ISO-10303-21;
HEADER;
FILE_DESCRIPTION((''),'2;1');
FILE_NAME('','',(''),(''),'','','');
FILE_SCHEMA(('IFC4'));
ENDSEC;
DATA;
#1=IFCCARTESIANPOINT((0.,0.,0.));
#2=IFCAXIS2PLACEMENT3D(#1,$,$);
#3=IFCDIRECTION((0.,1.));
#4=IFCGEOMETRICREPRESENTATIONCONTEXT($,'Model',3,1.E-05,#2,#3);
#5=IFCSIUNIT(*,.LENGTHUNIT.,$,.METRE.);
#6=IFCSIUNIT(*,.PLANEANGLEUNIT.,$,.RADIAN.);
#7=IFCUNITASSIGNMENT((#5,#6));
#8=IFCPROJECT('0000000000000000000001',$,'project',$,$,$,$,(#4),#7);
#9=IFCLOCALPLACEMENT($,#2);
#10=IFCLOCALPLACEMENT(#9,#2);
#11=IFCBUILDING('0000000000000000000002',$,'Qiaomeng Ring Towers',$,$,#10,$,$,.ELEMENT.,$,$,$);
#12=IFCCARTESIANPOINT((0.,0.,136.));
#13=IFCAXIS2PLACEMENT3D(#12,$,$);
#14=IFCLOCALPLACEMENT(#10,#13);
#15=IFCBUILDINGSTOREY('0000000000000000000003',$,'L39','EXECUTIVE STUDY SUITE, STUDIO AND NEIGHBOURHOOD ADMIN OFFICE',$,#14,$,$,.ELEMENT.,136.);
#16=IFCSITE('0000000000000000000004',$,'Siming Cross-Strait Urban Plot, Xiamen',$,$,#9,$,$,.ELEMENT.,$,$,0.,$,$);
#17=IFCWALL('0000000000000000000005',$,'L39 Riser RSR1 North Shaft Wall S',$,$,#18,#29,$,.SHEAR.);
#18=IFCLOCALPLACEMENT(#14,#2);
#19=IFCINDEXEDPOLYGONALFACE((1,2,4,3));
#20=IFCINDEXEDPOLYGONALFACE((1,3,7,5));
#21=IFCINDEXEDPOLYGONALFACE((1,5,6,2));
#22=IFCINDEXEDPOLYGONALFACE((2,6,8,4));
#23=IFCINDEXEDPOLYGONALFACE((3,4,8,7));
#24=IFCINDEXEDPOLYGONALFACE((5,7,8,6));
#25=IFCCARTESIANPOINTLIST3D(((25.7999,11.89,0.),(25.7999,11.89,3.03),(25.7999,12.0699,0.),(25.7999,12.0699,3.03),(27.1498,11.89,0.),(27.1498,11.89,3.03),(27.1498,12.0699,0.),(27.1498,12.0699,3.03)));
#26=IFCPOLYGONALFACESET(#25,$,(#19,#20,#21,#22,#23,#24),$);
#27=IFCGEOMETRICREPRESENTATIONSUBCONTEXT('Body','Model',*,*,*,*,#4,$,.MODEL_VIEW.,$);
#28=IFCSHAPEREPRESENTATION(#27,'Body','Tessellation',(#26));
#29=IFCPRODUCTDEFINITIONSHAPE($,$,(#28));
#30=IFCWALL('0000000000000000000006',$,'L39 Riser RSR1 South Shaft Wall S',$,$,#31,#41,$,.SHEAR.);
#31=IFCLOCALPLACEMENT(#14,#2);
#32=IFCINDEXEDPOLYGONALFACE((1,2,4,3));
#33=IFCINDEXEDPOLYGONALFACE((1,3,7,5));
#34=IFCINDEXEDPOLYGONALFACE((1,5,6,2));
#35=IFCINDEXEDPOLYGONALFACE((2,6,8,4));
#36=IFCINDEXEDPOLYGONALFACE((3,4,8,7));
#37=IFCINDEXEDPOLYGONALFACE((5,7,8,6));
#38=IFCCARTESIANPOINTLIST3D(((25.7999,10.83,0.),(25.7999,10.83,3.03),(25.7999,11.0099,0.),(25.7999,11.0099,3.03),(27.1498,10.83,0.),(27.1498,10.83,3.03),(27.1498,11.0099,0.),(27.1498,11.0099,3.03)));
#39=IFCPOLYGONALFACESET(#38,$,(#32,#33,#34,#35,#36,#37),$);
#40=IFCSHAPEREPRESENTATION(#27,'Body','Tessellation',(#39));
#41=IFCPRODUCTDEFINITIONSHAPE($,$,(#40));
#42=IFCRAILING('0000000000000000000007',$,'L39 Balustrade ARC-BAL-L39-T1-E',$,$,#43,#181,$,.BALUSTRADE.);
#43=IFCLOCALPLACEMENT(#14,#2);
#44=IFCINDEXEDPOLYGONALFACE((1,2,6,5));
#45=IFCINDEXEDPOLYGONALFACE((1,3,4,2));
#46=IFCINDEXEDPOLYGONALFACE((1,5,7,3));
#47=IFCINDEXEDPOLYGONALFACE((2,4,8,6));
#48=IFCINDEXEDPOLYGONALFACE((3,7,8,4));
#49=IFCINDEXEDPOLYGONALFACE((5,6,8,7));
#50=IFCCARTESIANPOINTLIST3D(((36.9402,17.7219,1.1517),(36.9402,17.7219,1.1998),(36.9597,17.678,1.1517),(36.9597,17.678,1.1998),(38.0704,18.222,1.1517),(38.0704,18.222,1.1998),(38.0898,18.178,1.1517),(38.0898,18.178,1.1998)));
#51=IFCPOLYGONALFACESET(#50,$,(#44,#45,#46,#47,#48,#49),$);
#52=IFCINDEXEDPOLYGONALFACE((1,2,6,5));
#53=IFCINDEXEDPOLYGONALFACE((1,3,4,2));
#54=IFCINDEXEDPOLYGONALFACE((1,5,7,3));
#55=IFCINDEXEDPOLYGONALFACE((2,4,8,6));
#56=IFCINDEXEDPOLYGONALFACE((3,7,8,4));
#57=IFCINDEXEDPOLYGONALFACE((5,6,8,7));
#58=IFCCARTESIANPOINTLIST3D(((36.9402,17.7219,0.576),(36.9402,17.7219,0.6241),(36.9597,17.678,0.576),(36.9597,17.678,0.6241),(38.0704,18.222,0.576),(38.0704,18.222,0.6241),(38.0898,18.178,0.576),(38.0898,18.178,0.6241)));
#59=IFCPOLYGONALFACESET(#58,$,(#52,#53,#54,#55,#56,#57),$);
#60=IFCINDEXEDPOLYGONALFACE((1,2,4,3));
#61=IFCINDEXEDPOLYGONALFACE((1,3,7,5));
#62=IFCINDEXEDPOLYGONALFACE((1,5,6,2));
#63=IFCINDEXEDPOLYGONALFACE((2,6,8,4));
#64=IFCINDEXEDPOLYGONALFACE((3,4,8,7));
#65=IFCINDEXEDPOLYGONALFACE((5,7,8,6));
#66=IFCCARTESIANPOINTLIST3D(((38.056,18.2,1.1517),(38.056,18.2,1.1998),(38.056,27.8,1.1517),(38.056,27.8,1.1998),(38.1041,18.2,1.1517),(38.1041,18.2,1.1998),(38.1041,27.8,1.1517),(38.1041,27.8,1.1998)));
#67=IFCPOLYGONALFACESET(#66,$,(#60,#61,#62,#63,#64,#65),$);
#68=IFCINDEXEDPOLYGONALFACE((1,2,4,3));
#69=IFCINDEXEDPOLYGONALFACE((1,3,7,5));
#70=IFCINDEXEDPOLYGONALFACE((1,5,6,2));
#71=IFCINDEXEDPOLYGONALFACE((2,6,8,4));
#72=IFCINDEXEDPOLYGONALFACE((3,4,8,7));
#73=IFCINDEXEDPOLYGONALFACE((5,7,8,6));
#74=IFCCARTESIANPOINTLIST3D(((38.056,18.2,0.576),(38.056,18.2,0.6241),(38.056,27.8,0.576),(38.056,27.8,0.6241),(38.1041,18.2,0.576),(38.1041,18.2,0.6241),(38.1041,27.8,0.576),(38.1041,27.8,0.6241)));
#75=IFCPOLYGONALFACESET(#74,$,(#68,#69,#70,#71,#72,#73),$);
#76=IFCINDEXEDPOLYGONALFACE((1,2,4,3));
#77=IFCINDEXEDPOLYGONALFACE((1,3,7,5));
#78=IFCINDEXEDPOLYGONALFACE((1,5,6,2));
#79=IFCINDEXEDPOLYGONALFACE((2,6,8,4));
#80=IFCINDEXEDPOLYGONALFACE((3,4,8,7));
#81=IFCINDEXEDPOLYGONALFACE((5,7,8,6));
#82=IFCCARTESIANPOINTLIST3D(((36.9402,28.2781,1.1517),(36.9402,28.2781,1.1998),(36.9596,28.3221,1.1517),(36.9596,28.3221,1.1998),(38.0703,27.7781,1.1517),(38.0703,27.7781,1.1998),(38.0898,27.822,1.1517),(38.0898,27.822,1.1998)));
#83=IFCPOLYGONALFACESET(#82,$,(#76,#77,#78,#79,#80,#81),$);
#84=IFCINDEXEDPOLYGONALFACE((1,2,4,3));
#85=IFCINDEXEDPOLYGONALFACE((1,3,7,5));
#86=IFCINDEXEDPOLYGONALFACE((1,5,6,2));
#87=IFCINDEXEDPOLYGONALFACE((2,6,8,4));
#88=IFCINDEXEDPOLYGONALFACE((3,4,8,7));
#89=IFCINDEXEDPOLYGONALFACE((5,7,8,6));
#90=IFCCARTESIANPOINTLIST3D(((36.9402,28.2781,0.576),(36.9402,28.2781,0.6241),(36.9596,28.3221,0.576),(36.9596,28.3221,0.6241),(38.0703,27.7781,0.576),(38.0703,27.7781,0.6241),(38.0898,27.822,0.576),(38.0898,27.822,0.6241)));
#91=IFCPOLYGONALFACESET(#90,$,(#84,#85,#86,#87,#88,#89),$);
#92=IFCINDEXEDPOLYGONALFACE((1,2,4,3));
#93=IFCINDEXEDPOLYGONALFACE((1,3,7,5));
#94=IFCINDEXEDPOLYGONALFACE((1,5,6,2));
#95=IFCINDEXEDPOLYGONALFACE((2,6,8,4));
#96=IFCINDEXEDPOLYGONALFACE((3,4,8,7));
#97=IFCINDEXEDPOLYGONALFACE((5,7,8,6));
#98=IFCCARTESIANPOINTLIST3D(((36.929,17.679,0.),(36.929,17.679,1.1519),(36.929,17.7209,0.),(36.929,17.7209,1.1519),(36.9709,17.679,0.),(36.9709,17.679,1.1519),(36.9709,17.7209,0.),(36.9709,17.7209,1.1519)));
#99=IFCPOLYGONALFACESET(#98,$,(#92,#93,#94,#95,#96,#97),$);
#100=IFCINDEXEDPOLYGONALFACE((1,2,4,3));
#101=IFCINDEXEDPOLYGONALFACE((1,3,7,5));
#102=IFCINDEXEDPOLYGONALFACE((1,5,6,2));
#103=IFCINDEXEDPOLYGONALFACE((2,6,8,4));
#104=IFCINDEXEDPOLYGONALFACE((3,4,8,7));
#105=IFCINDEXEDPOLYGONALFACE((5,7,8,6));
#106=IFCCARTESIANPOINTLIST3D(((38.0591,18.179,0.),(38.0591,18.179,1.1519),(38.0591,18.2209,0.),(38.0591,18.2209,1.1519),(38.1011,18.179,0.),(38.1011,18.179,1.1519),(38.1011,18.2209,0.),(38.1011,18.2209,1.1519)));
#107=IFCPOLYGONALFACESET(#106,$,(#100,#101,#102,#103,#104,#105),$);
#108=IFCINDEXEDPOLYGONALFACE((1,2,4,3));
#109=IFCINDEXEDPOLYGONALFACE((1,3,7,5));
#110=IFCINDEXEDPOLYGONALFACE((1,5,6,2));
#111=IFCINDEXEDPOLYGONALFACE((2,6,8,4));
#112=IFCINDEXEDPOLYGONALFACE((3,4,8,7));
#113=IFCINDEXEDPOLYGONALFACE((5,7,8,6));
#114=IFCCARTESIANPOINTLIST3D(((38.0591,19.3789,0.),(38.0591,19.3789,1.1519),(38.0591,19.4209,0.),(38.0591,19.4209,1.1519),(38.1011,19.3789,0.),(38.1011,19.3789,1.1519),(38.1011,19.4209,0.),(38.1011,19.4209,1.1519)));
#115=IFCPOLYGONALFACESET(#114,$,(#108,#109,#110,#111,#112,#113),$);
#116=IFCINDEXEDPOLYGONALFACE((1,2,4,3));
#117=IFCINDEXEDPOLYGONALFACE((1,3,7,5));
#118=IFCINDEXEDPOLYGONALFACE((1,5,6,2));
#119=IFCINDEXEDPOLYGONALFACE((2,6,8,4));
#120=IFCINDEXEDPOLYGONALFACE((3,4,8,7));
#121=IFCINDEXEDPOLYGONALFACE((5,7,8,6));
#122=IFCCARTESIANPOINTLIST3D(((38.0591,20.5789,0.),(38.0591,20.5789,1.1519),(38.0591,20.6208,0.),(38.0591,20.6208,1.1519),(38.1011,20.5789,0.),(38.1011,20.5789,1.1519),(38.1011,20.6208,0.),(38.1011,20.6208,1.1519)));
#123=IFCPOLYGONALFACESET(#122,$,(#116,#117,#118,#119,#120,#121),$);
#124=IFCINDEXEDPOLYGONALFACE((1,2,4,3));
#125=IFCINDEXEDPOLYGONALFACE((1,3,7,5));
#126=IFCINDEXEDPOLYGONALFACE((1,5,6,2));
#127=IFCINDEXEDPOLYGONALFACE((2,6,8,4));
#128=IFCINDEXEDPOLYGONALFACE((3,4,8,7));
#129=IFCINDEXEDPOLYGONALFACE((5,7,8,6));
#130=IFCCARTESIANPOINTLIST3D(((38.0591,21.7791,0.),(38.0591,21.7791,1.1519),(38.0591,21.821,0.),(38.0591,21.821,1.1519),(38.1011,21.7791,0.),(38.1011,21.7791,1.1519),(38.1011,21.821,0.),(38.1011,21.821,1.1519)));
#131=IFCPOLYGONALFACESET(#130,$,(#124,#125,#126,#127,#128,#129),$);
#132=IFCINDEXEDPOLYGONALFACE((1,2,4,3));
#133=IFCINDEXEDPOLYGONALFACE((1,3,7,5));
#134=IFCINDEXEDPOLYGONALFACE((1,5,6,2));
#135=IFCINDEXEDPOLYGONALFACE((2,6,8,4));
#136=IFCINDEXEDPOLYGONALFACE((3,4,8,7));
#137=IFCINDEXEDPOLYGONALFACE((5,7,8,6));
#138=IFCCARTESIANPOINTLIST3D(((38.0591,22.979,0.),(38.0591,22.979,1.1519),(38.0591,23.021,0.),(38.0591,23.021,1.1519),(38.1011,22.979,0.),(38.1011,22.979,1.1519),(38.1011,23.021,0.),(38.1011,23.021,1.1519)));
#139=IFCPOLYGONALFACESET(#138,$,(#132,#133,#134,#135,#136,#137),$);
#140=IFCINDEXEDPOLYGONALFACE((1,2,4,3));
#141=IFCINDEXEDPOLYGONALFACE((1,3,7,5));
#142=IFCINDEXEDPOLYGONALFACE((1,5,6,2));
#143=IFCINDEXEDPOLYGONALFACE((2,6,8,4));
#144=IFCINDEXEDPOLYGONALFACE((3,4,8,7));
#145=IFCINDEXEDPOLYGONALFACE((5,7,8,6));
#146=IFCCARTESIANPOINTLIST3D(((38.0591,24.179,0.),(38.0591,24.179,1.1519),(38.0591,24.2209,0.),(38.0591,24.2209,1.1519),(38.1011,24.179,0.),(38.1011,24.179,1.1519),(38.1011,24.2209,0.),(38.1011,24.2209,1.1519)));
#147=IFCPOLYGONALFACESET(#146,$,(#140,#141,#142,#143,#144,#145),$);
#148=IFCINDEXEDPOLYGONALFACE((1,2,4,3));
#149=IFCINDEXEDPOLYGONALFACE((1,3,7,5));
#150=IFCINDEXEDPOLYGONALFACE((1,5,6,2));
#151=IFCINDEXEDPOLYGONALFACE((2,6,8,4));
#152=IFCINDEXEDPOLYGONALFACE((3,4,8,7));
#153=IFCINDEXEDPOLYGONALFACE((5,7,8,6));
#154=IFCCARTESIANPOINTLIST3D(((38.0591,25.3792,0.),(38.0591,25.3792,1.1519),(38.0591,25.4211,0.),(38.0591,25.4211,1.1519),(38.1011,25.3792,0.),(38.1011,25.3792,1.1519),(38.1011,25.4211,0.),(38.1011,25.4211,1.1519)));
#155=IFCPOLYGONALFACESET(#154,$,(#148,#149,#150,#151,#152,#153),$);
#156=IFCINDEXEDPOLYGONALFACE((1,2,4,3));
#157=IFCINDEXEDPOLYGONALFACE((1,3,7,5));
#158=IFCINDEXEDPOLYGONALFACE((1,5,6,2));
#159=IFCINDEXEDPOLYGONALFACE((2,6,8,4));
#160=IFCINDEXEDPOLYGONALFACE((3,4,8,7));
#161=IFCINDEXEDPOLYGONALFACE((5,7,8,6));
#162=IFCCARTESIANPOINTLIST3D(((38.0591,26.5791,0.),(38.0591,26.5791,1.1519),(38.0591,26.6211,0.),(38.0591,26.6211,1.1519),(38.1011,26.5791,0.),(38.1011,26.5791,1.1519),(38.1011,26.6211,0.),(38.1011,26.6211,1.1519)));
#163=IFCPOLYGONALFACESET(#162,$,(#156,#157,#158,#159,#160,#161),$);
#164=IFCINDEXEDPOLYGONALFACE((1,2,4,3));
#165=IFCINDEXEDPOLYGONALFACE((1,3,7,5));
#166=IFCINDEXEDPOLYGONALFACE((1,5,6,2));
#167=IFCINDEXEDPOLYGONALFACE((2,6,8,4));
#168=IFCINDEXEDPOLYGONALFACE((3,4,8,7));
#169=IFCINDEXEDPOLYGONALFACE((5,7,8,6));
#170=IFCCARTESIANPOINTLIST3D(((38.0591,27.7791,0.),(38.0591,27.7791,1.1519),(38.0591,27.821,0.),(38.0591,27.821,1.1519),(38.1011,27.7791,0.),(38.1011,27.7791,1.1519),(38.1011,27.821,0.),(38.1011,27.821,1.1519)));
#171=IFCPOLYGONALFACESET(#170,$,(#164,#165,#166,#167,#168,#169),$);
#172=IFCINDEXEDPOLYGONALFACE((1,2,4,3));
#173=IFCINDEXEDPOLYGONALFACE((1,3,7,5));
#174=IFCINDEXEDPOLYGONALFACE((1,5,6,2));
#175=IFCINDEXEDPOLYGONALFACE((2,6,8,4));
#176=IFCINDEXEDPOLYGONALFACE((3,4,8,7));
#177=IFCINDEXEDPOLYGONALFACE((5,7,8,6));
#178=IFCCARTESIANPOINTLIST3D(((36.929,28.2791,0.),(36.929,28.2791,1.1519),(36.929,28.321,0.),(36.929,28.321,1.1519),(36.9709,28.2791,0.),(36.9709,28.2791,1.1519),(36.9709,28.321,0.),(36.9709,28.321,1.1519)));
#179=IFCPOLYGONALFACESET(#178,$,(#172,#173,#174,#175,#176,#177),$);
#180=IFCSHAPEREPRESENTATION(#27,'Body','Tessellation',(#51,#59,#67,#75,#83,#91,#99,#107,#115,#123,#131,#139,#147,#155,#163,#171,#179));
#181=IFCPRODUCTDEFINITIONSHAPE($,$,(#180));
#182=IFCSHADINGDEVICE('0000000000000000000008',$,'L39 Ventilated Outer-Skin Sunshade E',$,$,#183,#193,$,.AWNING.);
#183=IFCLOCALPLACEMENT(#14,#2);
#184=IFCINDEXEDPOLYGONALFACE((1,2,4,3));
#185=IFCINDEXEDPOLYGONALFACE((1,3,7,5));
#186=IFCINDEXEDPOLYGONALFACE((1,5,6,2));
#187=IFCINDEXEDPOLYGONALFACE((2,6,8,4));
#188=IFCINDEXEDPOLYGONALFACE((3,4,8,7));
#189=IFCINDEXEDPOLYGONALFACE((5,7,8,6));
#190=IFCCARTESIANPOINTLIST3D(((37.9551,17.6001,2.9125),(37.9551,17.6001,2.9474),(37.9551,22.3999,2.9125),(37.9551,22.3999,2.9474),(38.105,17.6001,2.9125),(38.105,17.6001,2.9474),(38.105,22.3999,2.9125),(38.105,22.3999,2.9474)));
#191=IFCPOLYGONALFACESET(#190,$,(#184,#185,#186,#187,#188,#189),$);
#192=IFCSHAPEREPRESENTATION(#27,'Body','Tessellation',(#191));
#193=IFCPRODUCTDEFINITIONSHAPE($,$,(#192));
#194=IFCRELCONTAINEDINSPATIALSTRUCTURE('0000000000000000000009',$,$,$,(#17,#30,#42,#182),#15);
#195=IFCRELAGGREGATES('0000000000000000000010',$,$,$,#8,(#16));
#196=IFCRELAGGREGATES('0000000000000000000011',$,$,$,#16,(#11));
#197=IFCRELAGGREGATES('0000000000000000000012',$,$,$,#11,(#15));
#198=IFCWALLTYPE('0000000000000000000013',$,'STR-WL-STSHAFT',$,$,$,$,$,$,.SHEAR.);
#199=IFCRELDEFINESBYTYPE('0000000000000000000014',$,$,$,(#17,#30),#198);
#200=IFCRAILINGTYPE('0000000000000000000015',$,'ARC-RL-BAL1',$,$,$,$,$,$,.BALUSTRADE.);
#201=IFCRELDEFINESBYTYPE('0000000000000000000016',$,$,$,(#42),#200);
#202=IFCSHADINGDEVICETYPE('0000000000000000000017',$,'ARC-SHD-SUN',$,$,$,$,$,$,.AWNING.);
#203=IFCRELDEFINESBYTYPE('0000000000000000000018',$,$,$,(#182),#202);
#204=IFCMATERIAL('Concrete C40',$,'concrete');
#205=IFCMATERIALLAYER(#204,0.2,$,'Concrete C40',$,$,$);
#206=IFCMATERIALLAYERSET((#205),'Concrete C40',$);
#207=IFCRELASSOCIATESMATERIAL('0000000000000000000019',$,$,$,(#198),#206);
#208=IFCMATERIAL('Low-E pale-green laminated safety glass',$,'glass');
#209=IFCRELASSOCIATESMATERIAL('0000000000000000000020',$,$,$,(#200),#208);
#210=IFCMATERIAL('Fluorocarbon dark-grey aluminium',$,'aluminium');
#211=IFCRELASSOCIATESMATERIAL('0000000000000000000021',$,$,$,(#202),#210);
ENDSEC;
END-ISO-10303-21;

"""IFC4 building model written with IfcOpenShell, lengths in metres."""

from ifc_helpers import new_model, si_unit, direction, frame, frame_2d, origin, origin_2d, place, context, subcontext, project, spatial, rectangle, extrude, source, transform, mapped, material, layer, layer_set, material_profile, profile_set, type_object, element, save


model = new_model("IFC4")

# Units and contexts
model_context = context("Model", 3, precision=1e-05, world=origin(), true_north=direction((0.0, 1.0)))
body_context = subcontext(model_context, "Body", "Model", "MODEL_VIEW")
ifc_project = project(units=[si_unit("LENGTHUNIT", "METRE"), si_unit("PLANEANGLEUNIT", "RADIAN")], contexts=[model_context])

# Site, building, storey
site_placement = place(None, origin())
site = spatial("IfcSite", under=ifc_project, at=site_placement, Name="Siming Cross-Strait Urban Plot, Xiamen", CompositionType="ELEMENT", RefElevation=0.0)
building_placement = place(site_placement, origin())
building = spatial("IfcBuilding", under=site, at=building_placement, Name="Qiaomeng Ring Towers", CompositionType="ELEMENT")
storey_placement = place(building_placement, frame((0.0, 0.0, 136.0)))
storey = spatial("IfcBuildingStorey", under=building, at=storey_placement, Name="L39", Description="EXECUTIVE STUDY SUITE, STUDIO AND NEIGHBOURHOOD ADMIN OFFICE", CompositionType="ELEMENT", Elevation=136.0)

# Walls
ifc_material_1 = material(Name="Concrete C40", Category="concrete")
ifc_layer_1 = layer(ifc_material_1, 0.2, Name="Concrete C40")
ifc_layer_set_1 = layer_set([ifc_layer_1], Name="Concrete C40")
wall_type_1 = type_object("IfcWallType", Name="STR-WL-STSHAFT", PredefinedType="SHEAR", material=ifc_layer_set_1)
for number, where, z_axis, x_axis, name in (
    (1, (25.8, 11.98, 0.0), (0.0, 0.0, 1.0), (1.0, 0.0, 0.0), "L39 Riser RSR1 North Shaft Wall S"),
    (2, (25.8, 10.9199, 0.0), (0.0, 0.0, 1.0), (1.0, 0.0, 0.0), "L39 Riser RSR1 South Shaft Wall S"),
):
    element("IfcWall", number, at=place(storey_placement, frame(where, z_axis=z_axis, x_axis=x_axis)), inside=storey, type_object=wall_type_1, Name=name, PredefinedType="SHEAR", context=body_context, shape_type="SweptSolid", body=[
        extrude(rectangle(XDim=1.3499, YDim=0.1799, at=frame_2d((0.6748, 0.0))), origin(), (0.0, 0.0, 1.0), 3.03),
    ])

# Railing
ifc_material_2 = material(Name="Low-E pale-green laminated safety glass", Category="glass")
railing_type = type_object("IfcRailingType", Name="ARC-RL-BAL1", PredefinedType="BALUSTRADE", material=ifc_material_2)
railing_placement = place(storey_placement, frame((36.95, 17.7, 0.0)))
element("IfcRailing", 3, at=railing_placement, inside=storey, type_object=railing_type, Name="L39 Balustrade ARC-BAL-L39-T1-E", PredefinedType="BALUSTRADE", context=body_context, shape_type="SweptSolid", body=[
    extrude(rectangle(XDim=0.0481, YDim=0.0481, at=origin_2d()), frame((0.0, 0.0, 1.1758), z_axis=(0.914495, 0.404598, 0.0), x_axis=(-0.404598, 0.914495, 0.0)), (0.0, 0.0, 1.0), 1.2358),
    extrude(rectangle(XDim=0.0481, YDim=0.0481, at=origin_2d()), frame((0.0, 0.0, 0.6001), z_axis=(0.914495, 0.404598, 0.0), x_axis=(-0.404598, 0.914495, 0.0)), (0.0, 0.0, 1.0), 1.2358),
    extrude(rectangle(XDim=0.0481, YDim=0.0481, at=origin_2d()), frame((1.1301, 0.5, 1.1758), z_axis=(0.0, 1.0, 0.0), x_axis=(-1.0, 0.0, 0.0)), (0.0, 0.0, 1.0), 9.6001),
    extrude(rectangle(XDim=0.0481, YDim=0.0481, at=origin_2d()), frame((1.1301, 0.5, 0.6001), z_axis=(0.0, 1.0, 0.0), x_axis=(-1.0, 0.0, 0.0)), (0.0, 0.0, 1.0), 9.6001),
    extrude(rectangle(XDim=0.0481, YDim=0.0481, at=origin_2d()), frame((1.1301, 10.1001, 1.1758), z_axis=(-0.914495, 0.404598, 0.0), x_axis=(-0.404598, -0.914495, 0.0)), (0.0, 0.0, 1.0), 1.2358),
    extrude(rectangle(XDim=0.0481, YDim=0.0481, at=origin_2d()), frame((1.1301, 10.1001, 0.6001), z_axis=(-0.914495, 0.404598, 0.0), x_axis=(-0.404598, -0.914495, 0.0)), (0.0, 0.0, 1.0), 1.2358),
    extrude(rectangle(XDim=0.042, YDim=0.042, at=origin_2d()), origin(), (0.0, 0.0, 1.0), 1.1519),
    extrude(rectangle(XDim=0.042, YDim=0.042, at=origin_2d()), frame((1.1301, 0.5, 0.0)), (0.0, 0.0, 1.0), 1.1519),
    extrude(rectangle(XDim=0.042, YDim=0.042, at=origin_2d()), frame((1.1301, 1.7, 0.0)), (0.0, 0.0, 1.0), 1.1519),
    extrude(rectangle(XDim=0.042, YDim=0.042, at=origin_2d()), frame((1.1301, 2.8999, 0.0)), (0.0, 0.0, 1.0), 1.1519),
    extrude(rectangle(XDim=0.042, YDim=0.042, at=origin_2d()), frame((1.1301, 4.1001, 0.0)), (0.0, 0.0, 1.0), 1.1519),
    extrude(rectangle(XDim=0.042, YDim=0.042, at=origin_2d()), frame((1.1301, 5.3, 0.0)), (0.0, 0.0, 1.0), 1.1519),
    extrude(rectangle(XDim=0.042, YDim=0.042, at=origin_2d()), frame((1.1301, 6.5, 0.0)), (0.0, 0.0, 1.0), 1.1519),
    extrude(rectangle(XDim=0.042, YDim=0.042, at=origin_2d()), frame((1.1301, 7.7002, 0.0)), (0.0, 0.0, 1.0), 1.1519),
    extrude(rectangle(XDim=0.042, YDim=0.042, at=origin_2d()), frame((1.1301, 8.9001, 0.0)), (0.0, 0.0, 1.0), 1.1519),
    extrude(rectangle(XDim=0.042, YDim=0.042, at=origin_2d()), frame((1.1301, 10.1001, 0.0)), (0.0, 0.0, 1.0), 1.1519),
    extrude(rectangle(XDim=0.042, YDim=0.042, at=origin_2d()), frame((0.0, 10.6001, 0.0)), (0.0, 0.0, 1.0), 1.1519),
])

# Shading device
ifc_material_3 = material(Name="Fluorocarbon dark-grey aluminium", Category="aluminium")
ifc_material_profile_1 = material_profile(ifc_material_3, rectangle(XDim=0.1499, YDim=0.0349, at=origin_2d()), Name="LV BLADE 150x35")
ifc_profile_set_1 = profile_set([ifc_material_profile_1], Name="Fluorocarbon dark-grey aluminium")
shading_device_type = type_object("IfcShadingDeviceType", Name="ARC-SHD-SUN", PredefinedType="AWNING", material=ifc_profile_set_1)
shared_shape_1 = source(origin(), body_context, "Body", "SweptSolid", [
    extrude(rectangle(XDim=0.1499, YDim=0.0349, at=origin_2d()), origin(), (0.0, 0.0, 1.0), 4.7998),
])
shading_device_placement = place(storey_placement, frame((38.03, 17.6001, 2.9299), z_axis=(0.0, 1.0, 0.0), x_axis=(-1.0, 0.0, 0.0)))
element("IfcShadingDevice", 4, at=shading_device_placement, inside=storey, type_object=shading_device_type, Name="L39 Ventilated Outer-Skin Sunshade E", PredefinedType="AWNING", context=body_context, shape_type="MappedRepresentation", body=[
    mapped(shared_shape_1, transform((0.0, 0.0, 0.0), x_axis=(1.0, 0.0, 0.0), y_axis=(0.0, 1.0, 0.0), z_axis=(0.0, 0.0, 1.0), scale=1.0)),
])

save(model, "model.ifc")
